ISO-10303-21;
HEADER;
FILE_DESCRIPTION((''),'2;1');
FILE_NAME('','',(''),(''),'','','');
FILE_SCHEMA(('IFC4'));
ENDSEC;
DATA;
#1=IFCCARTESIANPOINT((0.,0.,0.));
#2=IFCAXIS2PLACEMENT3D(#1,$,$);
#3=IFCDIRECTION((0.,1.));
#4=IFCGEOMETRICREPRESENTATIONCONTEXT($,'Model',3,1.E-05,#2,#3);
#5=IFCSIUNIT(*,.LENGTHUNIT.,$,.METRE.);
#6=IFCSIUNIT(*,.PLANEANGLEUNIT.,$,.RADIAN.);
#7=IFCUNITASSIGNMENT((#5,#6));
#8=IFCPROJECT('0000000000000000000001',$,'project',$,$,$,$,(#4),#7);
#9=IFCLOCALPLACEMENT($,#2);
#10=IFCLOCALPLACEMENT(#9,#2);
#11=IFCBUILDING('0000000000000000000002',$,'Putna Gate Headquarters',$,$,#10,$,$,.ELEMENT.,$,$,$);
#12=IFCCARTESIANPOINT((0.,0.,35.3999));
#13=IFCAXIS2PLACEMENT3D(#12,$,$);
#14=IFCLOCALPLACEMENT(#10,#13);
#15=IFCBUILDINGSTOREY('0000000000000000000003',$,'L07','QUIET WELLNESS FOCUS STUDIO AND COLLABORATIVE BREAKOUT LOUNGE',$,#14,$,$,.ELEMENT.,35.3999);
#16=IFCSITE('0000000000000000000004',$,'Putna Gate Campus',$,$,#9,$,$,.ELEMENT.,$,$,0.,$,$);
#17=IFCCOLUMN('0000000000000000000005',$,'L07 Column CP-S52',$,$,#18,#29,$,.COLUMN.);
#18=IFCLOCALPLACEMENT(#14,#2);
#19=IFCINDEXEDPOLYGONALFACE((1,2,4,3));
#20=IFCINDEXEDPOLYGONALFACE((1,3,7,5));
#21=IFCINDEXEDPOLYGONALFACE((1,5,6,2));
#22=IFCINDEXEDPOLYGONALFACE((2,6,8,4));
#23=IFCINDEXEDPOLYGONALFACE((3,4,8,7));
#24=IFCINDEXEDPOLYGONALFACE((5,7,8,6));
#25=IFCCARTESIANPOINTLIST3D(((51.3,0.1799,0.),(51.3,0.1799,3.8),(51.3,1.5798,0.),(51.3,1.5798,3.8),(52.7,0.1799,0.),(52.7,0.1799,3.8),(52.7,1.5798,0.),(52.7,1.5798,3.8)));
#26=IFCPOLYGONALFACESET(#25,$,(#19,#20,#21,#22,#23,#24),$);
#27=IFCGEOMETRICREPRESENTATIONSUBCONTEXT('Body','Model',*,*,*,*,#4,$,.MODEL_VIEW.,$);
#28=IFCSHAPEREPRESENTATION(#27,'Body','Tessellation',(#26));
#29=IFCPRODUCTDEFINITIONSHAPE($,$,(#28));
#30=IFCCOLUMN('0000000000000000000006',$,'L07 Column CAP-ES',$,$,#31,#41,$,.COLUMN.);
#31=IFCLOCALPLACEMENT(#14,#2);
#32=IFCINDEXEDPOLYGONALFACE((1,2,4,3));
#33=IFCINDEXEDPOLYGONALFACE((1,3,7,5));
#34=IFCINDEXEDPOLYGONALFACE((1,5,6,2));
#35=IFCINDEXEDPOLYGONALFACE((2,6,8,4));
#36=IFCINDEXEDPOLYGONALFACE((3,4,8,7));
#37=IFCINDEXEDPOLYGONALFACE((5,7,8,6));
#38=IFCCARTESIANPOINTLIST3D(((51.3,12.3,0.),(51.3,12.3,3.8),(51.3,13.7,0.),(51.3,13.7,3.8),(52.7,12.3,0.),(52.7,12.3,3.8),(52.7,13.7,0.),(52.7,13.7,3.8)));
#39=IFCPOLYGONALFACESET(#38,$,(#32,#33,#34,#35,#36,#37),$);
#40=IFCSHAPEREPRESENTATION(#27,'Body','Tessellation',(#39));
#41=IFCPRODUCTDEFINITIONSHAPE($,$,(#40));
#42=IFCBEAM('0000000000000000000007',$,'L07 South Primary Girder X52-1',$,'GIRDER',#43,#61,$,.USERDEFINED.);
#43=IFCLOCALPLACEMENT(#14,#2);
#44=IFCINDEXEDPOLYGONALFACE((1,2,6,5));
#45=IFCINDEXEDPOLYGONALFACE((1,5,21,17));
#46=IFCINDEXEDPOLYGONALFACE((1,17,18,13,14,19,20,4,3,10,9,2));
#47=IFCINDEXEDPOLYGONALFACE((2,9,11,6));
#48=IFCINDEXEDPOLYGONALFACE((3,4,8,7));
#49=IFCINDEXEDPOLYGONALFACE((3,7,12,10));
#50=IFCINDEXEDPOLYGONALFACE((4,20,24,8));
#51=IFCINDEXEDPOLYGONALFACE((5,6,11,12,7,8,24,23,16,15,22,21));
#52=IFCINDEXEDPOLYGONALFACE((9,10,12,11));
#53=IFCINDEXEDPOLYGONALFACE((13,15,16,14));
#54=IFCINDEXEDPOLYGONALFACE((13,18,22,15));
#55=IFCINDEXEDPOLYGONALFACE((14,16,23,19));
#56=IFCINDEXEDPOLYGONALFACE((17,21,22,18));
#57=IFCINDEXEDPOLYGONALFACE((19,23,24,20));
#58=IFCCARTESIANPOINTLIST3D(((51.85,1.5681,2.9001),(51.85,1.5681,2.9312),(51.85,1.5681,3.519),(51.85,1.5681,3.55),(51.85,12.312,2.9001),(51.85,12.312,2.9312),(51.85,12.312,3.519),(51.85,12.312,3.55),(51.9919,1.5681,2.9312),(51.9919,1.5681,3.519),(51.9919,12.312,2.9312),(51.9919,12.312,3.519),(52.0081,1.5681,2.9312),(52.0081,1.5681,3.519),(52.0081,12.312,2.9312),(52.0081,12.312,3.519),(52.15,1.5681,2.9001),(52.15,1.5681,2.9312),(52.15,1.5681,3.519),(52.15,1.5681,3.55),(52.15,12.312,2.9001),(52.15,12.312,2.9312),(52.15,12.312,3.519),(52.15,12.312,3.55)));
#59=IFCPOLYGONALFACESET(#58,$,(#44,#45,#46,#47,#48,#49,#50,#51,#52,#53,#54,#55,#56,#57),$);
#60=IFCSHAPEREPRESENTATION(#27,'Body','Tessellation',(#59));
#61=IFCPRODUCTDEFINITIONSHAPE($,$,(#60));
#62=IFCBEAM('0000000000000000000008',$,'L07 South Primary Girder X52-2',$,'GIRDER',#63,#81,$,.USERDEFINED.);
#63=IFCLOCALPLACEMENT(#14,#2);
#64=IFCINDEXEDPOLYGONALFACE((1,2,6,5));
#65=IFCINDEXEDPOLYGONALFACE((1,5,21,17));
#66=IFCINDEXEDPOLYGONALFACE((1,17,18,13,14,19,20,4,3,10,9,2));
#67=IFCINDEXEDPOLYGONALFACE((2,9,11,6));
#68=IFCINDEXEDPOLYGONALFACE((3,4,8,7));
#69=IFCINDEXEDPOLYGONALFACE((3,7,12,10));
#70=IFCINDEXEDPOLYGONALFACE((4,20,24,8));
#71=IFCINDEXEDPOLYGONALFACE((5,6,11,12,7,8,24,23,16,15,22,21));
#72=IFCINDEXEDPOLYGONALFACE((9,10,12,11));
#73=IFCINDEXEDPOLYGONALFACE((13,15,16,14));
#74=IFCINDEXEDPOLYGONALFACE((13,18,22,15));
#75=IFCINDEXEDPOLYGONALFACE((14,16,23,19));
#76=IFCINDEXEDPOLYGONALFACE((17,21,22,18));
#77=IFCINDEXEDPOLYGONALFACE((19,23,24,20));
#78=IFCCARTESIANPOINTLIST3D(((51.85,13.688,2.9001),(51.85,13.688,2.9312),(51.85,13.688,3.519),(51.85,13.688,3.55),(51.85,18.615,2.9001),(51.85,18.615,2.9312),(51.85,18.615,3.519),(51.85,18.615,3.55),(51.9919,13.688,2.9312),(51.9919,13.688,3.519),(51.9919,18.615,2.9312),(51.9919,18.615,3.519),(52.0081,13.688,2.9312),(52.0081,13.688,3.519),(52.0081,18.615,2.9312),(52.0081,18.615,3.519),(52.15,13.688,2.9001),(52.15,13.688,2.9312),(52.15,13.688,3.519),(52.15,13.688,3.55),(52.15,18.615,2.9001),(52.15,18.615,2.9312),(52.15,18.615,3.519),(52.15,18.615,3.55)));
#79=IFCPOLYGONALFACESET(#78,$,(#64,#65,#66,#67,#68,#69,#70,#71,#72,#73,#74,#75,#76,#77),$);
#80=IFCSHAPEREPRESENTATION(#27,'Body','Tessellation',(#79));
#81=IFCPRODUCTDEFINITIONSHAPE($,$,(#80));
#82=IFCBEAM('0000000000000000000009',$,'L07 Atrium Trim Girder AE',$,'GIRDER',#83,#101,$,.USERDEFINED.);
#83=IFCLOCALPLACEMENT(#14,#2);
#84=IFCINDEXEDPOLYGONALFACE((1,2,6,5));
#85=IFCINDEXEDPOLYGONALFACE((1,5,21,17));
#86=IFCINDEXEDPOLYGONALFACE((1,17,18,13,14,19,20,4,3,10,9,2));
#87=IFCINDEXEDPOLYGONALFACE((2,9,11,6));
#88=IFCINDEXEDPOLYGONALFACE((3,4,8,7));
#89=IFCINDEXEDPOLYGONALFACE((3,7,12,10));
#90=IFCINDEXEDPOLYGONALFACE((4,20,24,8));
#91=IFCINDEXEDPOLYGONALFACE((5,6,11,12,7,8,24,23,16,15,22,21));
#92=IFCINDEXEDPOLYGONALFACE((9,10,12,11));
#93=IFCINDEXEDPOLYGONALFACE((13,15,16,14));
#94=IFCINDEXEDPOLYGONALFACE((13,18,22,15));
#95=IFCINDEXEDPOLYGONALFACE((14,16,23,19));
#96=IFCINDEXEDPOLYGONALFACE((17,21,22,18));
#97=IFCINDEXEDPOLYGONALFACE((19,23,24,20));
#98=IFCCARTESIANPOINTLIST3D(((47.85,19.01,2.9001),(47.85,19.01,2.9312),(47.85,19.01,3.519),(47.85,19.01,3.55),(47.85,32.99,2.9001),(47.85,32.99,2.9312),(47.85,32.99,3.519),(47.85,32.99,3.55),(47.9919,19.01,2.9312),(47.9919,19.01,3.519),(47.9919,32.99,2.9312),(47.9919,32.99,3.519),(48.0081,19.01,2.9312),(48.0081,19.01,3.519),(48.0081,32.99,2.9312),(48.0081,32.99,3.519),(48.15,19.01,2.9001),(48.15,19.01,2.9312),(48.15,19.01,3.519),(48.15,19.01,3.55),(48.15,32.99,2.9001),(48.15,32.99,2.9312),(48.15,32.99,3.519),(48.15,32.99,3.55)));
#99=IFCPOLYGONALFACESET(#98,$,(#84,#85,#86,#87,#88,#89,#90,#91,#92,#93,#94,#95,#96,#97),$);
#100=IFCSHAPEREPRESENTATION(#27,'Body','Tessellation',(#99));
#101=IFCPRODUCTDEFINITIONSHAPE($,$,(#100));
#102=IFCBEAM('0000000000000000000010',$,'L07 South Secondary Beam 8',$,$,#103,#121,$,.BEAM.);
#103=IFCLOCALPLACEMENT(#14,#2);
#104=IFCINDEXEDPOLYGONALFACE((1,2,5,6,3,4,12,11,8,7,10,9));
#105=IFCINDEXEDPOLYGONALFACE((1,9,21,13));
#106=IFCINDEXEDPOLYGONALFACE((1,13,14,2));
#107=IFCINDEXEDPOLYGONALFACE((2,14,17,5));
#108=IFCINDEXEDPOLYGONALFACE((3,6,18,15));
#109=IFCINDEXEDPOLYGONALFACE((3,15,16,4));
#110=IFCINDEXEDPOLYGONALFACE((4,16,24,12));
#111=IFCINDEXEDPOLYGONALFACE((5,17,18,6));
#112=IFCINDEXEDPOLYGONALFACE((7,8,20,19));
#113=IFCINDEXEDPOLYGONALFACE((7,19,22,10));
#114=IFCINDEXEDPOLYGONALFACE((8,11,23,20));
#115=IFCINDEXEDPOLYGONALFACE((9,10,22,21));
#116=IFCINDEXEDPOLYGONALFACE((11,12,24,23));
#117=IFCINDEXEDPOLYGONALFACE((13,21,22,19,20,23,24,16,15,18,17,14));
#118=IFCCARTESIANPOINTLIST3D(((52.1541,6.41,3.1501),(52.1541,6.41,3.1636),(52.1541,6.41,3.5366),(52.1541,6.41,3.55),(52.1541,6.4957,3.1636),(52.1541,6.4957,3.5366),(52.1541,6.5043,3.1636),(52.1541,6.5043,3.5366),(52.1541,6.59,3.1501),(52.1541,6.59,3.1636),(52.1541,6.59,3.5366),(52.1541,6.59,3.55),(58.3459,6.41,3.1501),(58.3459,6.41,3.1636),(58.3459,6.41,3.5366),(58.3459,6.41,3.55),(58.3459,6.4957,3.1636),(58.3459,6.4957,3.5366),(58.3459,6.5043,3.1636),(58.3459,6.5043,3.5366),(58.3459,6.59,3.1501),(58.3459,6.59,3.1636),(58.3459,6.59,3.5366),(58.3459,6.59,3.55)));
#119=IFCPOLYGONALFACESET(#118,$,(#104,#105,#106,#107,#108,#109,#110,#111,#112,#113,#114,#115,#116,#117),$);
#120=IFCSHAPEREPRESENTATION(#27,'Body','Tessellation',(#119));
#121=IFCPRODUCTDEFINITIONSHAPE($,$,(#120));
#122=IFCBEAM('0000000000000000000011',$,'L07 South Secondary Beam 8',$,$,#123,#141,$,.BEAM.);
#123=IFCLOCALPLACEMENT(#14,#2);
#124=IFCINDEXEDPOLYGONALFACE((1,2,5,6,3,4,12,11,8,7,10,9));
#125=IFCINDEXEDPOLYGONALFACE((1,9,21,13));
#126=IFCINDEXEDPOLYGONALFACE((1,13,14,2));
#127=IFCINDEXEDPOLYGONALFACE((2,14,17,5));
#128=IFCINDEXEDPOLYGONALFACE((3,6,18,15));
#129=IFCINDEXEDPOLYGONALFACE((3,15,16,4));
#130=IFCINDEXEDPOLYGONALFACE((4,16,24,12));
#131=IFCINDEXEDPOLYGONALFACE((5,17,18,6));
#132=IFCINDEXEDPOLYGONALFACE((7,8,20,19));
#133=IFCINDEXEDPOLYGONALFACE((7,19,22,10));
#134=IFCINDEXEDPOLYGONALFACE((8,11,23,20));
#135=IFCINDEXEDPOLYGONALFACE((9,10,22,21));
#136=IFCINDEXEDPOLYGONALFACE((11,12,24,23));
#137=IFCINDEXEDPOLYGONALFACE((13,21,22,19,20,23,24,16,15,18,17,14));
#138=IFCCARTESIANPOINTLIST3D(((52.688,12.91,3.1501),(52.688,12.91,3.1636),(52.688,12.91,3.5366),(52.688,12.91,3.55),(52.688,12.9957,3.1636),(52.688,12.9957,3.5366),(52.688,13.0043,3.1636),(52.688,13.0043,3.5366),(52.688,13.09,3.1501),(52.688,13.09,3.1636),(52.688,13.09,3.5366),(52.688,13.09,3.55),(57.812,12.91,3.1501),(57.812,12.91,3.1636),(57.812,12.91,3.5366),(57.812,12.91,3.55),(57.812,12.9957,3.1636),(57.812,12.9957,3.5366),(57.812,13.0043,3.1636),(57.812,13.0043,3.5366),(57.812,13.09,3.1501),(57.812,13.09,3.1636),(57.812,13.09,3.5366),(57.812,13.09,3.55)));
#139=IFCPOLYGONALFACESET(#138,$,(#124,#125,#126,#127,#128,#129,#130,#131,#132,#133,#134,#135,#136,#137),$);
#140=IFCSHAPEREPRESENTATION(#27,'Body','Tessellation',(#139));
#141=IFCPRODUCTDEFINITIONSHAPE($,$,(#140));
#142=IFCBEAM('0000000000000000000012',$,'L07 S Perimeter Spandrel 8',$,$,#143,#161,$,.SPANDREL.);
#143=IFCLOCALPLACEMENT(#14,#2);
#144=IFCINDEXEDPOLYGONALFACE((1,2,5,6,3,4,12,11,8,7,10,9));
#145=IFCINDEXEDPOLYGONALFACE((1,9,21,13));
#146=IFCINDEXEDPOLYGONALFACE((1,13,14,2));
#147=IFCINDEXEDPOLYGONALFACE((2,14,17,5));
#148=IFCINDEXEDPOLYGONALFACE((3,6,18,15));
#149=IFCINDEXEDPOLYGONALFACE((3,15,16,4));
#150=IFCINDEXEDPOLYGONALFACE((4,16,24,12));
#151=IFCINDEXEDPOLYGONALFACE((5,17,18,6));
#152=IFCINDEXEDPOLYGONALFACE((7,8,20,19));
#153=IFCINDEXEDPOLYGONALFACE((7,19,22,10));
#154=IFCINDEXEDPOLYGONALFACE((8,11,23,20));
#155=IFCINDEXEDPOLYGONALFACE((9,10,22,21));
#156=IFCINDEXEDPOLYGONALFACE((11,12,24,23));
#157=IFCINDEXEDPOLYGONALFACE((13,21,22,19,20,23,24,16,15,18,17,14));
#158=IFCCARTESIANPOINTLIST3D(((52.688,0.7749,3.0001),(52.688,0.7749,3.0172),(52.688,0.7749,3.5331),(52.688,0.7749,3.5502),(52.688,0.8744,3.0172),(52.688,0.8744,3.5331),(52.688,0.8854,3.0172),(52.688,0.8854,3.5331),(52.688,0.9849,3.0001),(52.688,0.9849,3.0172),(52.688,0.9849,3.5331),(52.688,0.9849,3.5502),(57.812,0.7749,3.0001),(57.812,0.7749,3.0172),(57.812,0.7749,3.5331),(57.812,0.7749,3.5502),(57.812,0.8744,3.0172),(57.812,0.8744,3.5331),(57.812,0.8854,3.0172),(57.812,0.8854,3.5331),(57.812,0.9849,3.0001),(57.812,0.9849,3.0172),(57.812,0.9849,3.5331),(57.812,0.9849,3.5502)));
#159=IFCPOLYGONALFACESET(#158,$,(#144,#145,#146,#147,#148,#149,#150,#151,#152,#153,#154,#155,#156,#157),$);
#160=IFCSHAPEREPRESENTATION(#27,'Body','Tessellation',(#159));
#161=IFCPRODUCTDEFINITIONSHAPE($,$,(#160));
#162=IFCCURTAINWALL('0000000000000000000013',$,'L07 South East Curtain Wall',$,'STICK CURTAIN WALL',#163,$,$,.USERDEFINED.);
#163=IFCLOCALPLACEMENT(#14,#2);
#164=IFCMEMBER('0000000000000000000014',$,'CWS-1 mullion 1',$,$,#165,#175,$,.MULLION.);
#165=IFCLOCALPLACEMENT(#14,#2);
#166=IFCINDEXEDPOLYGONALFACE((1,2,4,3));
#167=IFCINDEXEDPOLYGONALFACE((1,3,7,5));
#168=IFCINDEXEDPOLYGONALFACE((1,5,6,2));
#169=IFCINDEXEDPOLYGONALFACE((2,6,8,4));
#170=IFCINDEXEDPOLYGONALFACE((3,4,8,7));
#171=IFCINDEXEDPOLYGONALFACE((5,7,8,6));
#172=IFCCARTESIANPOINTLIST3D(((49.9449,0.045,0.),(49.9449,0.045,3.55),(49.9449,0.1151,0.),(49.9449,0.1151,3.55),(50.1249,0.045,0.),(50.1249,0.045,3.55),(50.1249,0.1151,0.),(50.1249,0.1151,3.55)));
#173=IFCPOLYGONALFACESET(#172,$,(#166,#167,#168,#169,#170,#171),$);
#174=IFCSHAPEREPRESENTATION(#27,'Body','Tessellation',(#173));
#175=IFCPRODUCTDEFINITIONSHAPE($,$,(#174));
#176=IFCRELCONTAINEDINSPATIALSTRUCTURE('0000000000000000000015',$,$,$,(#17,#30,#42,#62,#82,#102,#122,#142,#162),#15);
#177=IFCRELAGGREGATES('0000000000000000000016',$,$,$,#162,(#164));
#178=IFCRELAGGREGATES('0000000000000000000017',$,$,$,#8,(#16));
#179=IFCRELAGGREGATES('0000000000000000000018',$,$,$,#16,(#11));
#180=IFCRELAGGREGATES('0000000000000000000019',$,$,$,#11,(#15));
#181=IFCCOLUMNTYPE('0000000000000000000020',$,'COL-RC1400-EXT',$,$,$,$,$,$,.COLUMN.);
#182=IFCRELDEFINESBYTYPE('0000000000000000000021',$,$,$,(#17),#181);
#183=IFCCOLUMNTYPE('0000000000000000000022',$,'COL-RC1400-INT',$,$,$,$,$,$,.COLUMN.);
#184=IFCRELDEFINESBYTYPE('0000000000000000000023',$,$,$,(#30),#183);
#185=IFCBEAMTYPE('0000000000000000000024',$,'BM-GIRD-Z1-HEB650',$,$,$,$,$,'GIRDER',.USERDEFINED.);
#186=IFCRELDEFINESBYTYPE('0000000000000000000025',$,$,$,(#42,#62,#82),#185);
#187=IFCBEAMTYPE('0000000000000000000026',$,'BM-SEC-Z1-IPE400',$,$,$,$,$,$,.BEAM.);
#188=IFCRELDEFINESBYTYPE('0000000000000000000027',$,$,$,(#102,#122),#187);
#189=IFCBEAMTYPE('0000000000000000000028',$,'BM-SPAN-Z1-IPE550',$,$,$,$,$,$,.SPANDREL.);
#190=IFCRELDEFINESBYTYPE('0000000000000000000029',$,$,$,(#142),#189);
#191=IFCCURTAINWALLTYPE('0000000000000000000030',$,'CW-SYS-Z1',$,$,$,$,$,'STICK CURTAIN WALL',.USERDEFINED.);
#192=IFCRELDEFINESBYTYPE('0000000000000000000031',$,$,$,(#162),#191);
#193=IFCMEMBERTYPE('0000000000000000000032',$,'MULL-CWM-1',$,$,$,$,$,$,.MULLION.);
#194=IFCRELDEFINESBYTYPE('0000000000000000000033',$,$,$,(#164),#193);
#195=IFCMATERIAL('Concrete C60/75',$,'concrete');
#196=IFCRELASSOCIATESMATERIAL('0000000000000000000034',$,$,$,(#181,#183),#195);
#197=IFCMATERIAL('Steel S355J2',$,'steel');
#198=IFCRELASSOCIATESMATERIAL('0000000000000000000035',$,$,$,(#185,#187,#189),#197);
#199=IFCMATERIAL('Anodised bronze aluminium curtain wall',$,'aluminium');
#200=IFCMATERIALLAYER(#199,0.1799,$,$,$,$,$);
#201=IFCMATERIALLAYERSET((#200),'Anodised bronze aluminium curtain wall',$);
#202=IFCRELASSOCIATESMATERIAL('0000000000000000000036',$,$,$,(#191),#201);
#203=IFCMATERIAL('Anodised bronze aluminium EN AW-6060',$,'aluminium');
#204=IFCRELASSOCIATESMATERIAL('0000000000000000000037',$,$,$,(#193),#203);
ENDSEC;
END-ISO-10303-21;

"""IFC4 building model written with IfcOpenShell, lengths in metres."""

from ifc_helpers import new_model, si_unit, direction, frame, origin, origin_2d, place, context, subcontext, project, spatial, rectangle, i_section, extrude, material, layer, layer_set, material_profile, profile_set, type_object, element, aggregate, save


model = new_model("IFC4")

# Units and contexts
model_context = context("Model", 3, precision=1e-05, world=origin(), true_north=direction((0.0, 1.0)))
body_context = subcontext(model_context, "Body", "Model", "MODEL_VIEW")
ifc_project = project(units=[si_unit("LENGTHUNIT", "METRE"), si_unit("PLANEANGLEUNIT", "RADIAN")], contexts=[model_context])

# Site, building, storey
site_placement = place(None, origin())
site = spatial("IfcSite", under=ifc_project, at=site_placement, Name="Putna Gate Campus", CompositionType="ELEMENT", RefElevation=0.0)
building_placement = place(site_placement, origin())
building = spatial("IfcBuilding", under=site, at=building_placement, Name="Putna Gate Headquarters", CompositionType="ELEMENT")
storey_placement = place(building_placement, frame((0.0, 0.0, 35.3999)))
storey = spatial("IfcBuildingStorey", under=building, at=storey_placement, Name="L07", Description="QUIET WELLNESS FOCUS STUDIO AND COLLABORATIVE BREAKOUT LOUNGE", CompositionType="ELEMENT", Elevation=35.3999)

# Columns
ifc_material_1 = material(Name="Concrete C60/75", Category="concrete")
ifc_material_profile_1 = material_profile(ifc_material_1, rectangle(XDim=1.3999, YDim=1.3999, at=origin_2d()), Name="Concrete C60/75")
ifc_profile_set_1 = profile_set([ifc_material_profile_1], Name="Concrete C60/75")
column_type_1 = type_object("IfcColumnType", Name="COL-RC1400-EXT", PredefinedType="COLUMN", material=ifc_profile_set_1)
column_1_placement = place(storey_placement, frame((52.0, 0.8799, 0.0), z_axis=(0.0, 0.0, 1.0), x_axis=(1.0, 0.0, 0.0)))
element("IfcColumn", 1, at=column_1_placement, inside=storey, type_object=column_type_1, Name="L07 Column CP-S52", PredefinedType="COLUMN", context=body_context, shape_type="SweptSolid", body=[
    extrude(rectangle(XDim=1.3999, YDim=1.3999, at=origin_2d()), origin(), (0.0, 0.0, 1.0), 3.8),
])
ifc_material_profile_2 = material_profile(ifc_material_1, rectangle(XDim=1.3999, YDim=1.3999, at=origin_2d()), Name="Concrete C60/75")
ifc_profile_set_2 = profile_set([ifc_material_profile_2], Name="Concrete C60/75")
column_type_2 = type_object("IfcColumnType", Name="COL-RC1400-INT", PredefinedType="COLUMN", material=ifc_profile_set_2)
column_2_placement = place(storey_placement, frame((52.0, 13.0, 0.0), z_axis=(0.0, 0.0, 1.0), x_axis=(1.0, 0.0, 0.0)))
element("IfcColumn", 2, at=column_2_placement, inside=storey, type_object=column_type_2, Name="L07 Column CAP-ES", PredefinedType="COLUMN", context=body_context, shape_type="SweptSolid", body=[
    extrude(rectangle(XDim=1.3999, YDim=1.3999, at=origin_2d()), origin(), (0.0, 0.0, 1.0), 3.8),
])

# Beams
ifc_material_2 = material(Name="Steel S355J2", Category="steel")
ifc_material_profile_3 = material_profile(ifc_material_2, i_section(OverallWidth=0.3, OverallDepth=0.6499, WebThickness=0.0161, FlangeThickness=0.031, at=origin_2d()), Name="Steel S355J2")
ifc_profile_set_3 = profile_set([ifc_material_profile_3], Name="Steel S355J2")
beam_type_1 = type_object("IfcBeamType", Name="BM-GIRD-Z1-HEB650", ElementType="GIRDER", PredefinedType="USERDEFINED", material=ifc_profile_set_3)
beam_1_placement = place(storey_placement, frame((52.0, 1.5681, 3.2251), z_axis=(0.0, 1.0, 0.0), x_axis=(-1.0, 0.0, 0.0)))
element("IfcBeam", 3, at=beam_1_placement, inside=storey, type_object=beam_type_1, Name="L07 South Primary Girder X52-1", ObjectType="GIRDER", PredefinedType="USERDEFINED", context=body_context, shape_type="SweptSolid", body=[
    extrude(i_section(OverallWidth=0.3, OverallDepth=0.6499, WebThickness=0.0161, FlangeThickness=0.031, at=origin_2d()), origin(), (0.0, 0.0, 1.0), 10.7439),
])
beam_2_placement = place(storey_placement, frame((52.0, 13.688, 3.2251), z_axis=(0.0, 1.0, 0.0), x_axis=(-1.0, 0.0, 0.0)))
element("IfcBeam", 4, at=beam_2_placement, inside=storey, type_object=beam_type_1, Name="L07 South Primary Girder X52-2", ObjectType="GIRDER", PredefinedType="USERDEFINED", context=body_context, shape_type="SweptSolid", body=[
    extrude(i_section(OverallWidth=0.3, OverallDepth=0.6499, WebThickness=0.0161, FlangeThickness=0.031, at=origin_2d()), origin(), (0.0, 0.0, 1.0), 4.927),
])
beam_3_placement = place(storey_placement, frame((48.0, 19.01, 3.2251), z_axis=(0.0, 1.0, 0.0), x_axis=(-1.0, 0.0, 0.0)))
element("IfcBeam", 5, at=beam_3_placement, inside=storey, type_object=beam_type_1, Name="L07 Atrium Trim Girder AE", ObjectType="GIRDER", PredefinedType="USERDEFINED", context=body_context, shape_type="SweptSolid", body=[
    extrude(i_section(OverallWidth=0.3, OverallDepth=0.6499, WebThickness=0.0161, FlangeThickness=0.031, at=origin_2d()), origin(), (0.0, 0.0, 1.0), 13.98),
])
ifc_material_profile_4 = material_profile(ifc_material_2, i_section(OverallWidth=0.1799, OverallDepth=0.3999, WebThickness=0.0085, FlangeThickness=0.0134, at=origin_2d()), Name="Steel S355J2")
ifc_profile_set_4 = profile_set([ifc_material_profile_4], Name="Steel S355J2")
beam_type_2 = type_object("IfcBeamType", Name="BM-SEC-Z1-IPE400", PredefinedType="BEAM", material=ifc_profile_set_4)
beam_4_placement = place(storey_placement, frame((52.1541, 6.5, 3.3501), z_axis=(1.0, 0.0, 0.0), x_axis=(0.0, 1.0, 0.0)))
element("IfcBeam", 6, at=beam_4_placement, inside=storey, type_object=beam_type_2, Name="L07 South Secondary Beam 8", PredefinedType="BEAM", context=body_context, shape_type="SweptSolid", body=[
    extrude(i_section(OverallWidth=0.1799, OverallDepth=0.3999, WebThickness=0.0085, FlangeThickness=0.0134, at=origin_2d()), origin(), (0.0, 0.0, 1.0), 6.1919),
])
beam_5_placement = place(storey_placement, frame((52.688, 13.0, 3.3501), z_axis=(1.0, 0.0, 0.0), x_axis=(0.0, 1.0, 0.0)))
element("IfcBeam", 7, at=beam_5_placement, inside=storey, type_object=beam_type_2, Name="L07 South Secondary Beam 8", PredefinedType="BEAM", context=body_context, shape_type="SweptSolid", body=[
    extrude(i_section(OverallWidth=0.1799, OverallDepth=0.3999, WebThickness=0.0085, FlangeThickness=0.0134, at=origin_2d()), origin(), (0.0, 0.0, 1.0), 5.124),
])
ifc_material_profile_5 = material_profile(ifc_material_2, i_section(OverallWidth=0.21, OverallDepth=0.55, WebThickness=0.011, FlangeThickness=0.0171, at=origin_2d()), Name="Steel S355J2")
ifc_profile_set_5 = profile_set([ifc_material_profile_5], Name="Steel S355J2")
beam_type_3 = type_object("IfcBeamType", Name="BM-SPAN-Z1-IPE550", PredefinedType="SPANDREL", material=ifc_profile_set_5)
beam_6_placement = place(storey_placement, frame((52.688, 0.8799, 3.2751), z_axis=(1.0, 0.0, 0.0), x_axis=(0.0, 1.0, 0.0)))
element("IfcBeam", 8, at=beam_6_placement, inside=storey, type_object=beam_type_3, Name="L07 S Perimeter Spandrel 8", PredefinedType="SPANDREL", context=body_context, shape_type="SweptSolid", body=[
    extrude(i_section(OverallWidth=0.21, OverallDepth=0.55, WebThickness=0.011, FlangeThickness=0.0171, at=origin_2d()), origin(), (0.0, 0.0, 1.0), 5.124),
])

# Curtain wall, member
ifc_material_3 = material(Name="Anodised bronze aluminium curtain wall", Category="aluminium")
ifc_layer_1 = layer(ifc_material_3, 0.1799)
ifc_layer_set_1 = layer_set([ifc_layer_1], Name="Anodised bronze aluminium curtain wall")
curtain_wall_type_1 = type_object("IfcCurtainWallType", Name="CW-SYS-Z1", ElementType="STICK CURTAIN WALL", PredefinedType="USERDEFINED", material=ifc_layer_set_1)
curtain_wall_1_placement = place(storey_placement, origin())
curtain_wall_1 = element("IfcCurtainWall", 9, at=curtain_wall_1_placement, inside=storey, type_object=curtain_wall_type_1, Name="L07 South East Curtain Wall", ObjectType="STICK CURTAIN WALL", PredefinedType="USERDEFINED")
ifc_material_4 = material(Name="Anodised bronze aluminium EN AW-6060", Category="aluminium")
ifc_material_profile_6 = material_profile(ifc_material_4, rectangle(XDim=0.0701, YDim=0.1799, at=origin_2d()), Name="Anodised bronze aluminium EN AW-6060")
ifc_profile_set_6 = profile_set([ifc_material_profile_6], Name="Anodised bronze aluminium EN AW-6060")
member_type_1 = type_object("IfcMemberType", Name="MULL-CWM-1", PredefinedType="MULLION", material=ifc_profile_set_6)
member_1_placement = place(storey_placement, frame((50.0349, 0.0801, 0.0), z_axis=(0.0, 0.0, 1.0), x_axis=(0.0, 1.0, 0.0)))
member_1 = element("IfcMember", 10, at=member_1_placement, type_object=member_type_1, Name="CWS-1 mullion 1", PredefinedType="MULLION", context=body_context, shape_type="SweptSolid", body=[
    extrude(rectangle(XDim=0.0701, YDim=0.1799, at=origin_2d()), origin(), (0.0, 0.0, 1.0), 3.55),
])

aggregate(curtain_wall_1, [member_1])

save(model, "model.ifc")
